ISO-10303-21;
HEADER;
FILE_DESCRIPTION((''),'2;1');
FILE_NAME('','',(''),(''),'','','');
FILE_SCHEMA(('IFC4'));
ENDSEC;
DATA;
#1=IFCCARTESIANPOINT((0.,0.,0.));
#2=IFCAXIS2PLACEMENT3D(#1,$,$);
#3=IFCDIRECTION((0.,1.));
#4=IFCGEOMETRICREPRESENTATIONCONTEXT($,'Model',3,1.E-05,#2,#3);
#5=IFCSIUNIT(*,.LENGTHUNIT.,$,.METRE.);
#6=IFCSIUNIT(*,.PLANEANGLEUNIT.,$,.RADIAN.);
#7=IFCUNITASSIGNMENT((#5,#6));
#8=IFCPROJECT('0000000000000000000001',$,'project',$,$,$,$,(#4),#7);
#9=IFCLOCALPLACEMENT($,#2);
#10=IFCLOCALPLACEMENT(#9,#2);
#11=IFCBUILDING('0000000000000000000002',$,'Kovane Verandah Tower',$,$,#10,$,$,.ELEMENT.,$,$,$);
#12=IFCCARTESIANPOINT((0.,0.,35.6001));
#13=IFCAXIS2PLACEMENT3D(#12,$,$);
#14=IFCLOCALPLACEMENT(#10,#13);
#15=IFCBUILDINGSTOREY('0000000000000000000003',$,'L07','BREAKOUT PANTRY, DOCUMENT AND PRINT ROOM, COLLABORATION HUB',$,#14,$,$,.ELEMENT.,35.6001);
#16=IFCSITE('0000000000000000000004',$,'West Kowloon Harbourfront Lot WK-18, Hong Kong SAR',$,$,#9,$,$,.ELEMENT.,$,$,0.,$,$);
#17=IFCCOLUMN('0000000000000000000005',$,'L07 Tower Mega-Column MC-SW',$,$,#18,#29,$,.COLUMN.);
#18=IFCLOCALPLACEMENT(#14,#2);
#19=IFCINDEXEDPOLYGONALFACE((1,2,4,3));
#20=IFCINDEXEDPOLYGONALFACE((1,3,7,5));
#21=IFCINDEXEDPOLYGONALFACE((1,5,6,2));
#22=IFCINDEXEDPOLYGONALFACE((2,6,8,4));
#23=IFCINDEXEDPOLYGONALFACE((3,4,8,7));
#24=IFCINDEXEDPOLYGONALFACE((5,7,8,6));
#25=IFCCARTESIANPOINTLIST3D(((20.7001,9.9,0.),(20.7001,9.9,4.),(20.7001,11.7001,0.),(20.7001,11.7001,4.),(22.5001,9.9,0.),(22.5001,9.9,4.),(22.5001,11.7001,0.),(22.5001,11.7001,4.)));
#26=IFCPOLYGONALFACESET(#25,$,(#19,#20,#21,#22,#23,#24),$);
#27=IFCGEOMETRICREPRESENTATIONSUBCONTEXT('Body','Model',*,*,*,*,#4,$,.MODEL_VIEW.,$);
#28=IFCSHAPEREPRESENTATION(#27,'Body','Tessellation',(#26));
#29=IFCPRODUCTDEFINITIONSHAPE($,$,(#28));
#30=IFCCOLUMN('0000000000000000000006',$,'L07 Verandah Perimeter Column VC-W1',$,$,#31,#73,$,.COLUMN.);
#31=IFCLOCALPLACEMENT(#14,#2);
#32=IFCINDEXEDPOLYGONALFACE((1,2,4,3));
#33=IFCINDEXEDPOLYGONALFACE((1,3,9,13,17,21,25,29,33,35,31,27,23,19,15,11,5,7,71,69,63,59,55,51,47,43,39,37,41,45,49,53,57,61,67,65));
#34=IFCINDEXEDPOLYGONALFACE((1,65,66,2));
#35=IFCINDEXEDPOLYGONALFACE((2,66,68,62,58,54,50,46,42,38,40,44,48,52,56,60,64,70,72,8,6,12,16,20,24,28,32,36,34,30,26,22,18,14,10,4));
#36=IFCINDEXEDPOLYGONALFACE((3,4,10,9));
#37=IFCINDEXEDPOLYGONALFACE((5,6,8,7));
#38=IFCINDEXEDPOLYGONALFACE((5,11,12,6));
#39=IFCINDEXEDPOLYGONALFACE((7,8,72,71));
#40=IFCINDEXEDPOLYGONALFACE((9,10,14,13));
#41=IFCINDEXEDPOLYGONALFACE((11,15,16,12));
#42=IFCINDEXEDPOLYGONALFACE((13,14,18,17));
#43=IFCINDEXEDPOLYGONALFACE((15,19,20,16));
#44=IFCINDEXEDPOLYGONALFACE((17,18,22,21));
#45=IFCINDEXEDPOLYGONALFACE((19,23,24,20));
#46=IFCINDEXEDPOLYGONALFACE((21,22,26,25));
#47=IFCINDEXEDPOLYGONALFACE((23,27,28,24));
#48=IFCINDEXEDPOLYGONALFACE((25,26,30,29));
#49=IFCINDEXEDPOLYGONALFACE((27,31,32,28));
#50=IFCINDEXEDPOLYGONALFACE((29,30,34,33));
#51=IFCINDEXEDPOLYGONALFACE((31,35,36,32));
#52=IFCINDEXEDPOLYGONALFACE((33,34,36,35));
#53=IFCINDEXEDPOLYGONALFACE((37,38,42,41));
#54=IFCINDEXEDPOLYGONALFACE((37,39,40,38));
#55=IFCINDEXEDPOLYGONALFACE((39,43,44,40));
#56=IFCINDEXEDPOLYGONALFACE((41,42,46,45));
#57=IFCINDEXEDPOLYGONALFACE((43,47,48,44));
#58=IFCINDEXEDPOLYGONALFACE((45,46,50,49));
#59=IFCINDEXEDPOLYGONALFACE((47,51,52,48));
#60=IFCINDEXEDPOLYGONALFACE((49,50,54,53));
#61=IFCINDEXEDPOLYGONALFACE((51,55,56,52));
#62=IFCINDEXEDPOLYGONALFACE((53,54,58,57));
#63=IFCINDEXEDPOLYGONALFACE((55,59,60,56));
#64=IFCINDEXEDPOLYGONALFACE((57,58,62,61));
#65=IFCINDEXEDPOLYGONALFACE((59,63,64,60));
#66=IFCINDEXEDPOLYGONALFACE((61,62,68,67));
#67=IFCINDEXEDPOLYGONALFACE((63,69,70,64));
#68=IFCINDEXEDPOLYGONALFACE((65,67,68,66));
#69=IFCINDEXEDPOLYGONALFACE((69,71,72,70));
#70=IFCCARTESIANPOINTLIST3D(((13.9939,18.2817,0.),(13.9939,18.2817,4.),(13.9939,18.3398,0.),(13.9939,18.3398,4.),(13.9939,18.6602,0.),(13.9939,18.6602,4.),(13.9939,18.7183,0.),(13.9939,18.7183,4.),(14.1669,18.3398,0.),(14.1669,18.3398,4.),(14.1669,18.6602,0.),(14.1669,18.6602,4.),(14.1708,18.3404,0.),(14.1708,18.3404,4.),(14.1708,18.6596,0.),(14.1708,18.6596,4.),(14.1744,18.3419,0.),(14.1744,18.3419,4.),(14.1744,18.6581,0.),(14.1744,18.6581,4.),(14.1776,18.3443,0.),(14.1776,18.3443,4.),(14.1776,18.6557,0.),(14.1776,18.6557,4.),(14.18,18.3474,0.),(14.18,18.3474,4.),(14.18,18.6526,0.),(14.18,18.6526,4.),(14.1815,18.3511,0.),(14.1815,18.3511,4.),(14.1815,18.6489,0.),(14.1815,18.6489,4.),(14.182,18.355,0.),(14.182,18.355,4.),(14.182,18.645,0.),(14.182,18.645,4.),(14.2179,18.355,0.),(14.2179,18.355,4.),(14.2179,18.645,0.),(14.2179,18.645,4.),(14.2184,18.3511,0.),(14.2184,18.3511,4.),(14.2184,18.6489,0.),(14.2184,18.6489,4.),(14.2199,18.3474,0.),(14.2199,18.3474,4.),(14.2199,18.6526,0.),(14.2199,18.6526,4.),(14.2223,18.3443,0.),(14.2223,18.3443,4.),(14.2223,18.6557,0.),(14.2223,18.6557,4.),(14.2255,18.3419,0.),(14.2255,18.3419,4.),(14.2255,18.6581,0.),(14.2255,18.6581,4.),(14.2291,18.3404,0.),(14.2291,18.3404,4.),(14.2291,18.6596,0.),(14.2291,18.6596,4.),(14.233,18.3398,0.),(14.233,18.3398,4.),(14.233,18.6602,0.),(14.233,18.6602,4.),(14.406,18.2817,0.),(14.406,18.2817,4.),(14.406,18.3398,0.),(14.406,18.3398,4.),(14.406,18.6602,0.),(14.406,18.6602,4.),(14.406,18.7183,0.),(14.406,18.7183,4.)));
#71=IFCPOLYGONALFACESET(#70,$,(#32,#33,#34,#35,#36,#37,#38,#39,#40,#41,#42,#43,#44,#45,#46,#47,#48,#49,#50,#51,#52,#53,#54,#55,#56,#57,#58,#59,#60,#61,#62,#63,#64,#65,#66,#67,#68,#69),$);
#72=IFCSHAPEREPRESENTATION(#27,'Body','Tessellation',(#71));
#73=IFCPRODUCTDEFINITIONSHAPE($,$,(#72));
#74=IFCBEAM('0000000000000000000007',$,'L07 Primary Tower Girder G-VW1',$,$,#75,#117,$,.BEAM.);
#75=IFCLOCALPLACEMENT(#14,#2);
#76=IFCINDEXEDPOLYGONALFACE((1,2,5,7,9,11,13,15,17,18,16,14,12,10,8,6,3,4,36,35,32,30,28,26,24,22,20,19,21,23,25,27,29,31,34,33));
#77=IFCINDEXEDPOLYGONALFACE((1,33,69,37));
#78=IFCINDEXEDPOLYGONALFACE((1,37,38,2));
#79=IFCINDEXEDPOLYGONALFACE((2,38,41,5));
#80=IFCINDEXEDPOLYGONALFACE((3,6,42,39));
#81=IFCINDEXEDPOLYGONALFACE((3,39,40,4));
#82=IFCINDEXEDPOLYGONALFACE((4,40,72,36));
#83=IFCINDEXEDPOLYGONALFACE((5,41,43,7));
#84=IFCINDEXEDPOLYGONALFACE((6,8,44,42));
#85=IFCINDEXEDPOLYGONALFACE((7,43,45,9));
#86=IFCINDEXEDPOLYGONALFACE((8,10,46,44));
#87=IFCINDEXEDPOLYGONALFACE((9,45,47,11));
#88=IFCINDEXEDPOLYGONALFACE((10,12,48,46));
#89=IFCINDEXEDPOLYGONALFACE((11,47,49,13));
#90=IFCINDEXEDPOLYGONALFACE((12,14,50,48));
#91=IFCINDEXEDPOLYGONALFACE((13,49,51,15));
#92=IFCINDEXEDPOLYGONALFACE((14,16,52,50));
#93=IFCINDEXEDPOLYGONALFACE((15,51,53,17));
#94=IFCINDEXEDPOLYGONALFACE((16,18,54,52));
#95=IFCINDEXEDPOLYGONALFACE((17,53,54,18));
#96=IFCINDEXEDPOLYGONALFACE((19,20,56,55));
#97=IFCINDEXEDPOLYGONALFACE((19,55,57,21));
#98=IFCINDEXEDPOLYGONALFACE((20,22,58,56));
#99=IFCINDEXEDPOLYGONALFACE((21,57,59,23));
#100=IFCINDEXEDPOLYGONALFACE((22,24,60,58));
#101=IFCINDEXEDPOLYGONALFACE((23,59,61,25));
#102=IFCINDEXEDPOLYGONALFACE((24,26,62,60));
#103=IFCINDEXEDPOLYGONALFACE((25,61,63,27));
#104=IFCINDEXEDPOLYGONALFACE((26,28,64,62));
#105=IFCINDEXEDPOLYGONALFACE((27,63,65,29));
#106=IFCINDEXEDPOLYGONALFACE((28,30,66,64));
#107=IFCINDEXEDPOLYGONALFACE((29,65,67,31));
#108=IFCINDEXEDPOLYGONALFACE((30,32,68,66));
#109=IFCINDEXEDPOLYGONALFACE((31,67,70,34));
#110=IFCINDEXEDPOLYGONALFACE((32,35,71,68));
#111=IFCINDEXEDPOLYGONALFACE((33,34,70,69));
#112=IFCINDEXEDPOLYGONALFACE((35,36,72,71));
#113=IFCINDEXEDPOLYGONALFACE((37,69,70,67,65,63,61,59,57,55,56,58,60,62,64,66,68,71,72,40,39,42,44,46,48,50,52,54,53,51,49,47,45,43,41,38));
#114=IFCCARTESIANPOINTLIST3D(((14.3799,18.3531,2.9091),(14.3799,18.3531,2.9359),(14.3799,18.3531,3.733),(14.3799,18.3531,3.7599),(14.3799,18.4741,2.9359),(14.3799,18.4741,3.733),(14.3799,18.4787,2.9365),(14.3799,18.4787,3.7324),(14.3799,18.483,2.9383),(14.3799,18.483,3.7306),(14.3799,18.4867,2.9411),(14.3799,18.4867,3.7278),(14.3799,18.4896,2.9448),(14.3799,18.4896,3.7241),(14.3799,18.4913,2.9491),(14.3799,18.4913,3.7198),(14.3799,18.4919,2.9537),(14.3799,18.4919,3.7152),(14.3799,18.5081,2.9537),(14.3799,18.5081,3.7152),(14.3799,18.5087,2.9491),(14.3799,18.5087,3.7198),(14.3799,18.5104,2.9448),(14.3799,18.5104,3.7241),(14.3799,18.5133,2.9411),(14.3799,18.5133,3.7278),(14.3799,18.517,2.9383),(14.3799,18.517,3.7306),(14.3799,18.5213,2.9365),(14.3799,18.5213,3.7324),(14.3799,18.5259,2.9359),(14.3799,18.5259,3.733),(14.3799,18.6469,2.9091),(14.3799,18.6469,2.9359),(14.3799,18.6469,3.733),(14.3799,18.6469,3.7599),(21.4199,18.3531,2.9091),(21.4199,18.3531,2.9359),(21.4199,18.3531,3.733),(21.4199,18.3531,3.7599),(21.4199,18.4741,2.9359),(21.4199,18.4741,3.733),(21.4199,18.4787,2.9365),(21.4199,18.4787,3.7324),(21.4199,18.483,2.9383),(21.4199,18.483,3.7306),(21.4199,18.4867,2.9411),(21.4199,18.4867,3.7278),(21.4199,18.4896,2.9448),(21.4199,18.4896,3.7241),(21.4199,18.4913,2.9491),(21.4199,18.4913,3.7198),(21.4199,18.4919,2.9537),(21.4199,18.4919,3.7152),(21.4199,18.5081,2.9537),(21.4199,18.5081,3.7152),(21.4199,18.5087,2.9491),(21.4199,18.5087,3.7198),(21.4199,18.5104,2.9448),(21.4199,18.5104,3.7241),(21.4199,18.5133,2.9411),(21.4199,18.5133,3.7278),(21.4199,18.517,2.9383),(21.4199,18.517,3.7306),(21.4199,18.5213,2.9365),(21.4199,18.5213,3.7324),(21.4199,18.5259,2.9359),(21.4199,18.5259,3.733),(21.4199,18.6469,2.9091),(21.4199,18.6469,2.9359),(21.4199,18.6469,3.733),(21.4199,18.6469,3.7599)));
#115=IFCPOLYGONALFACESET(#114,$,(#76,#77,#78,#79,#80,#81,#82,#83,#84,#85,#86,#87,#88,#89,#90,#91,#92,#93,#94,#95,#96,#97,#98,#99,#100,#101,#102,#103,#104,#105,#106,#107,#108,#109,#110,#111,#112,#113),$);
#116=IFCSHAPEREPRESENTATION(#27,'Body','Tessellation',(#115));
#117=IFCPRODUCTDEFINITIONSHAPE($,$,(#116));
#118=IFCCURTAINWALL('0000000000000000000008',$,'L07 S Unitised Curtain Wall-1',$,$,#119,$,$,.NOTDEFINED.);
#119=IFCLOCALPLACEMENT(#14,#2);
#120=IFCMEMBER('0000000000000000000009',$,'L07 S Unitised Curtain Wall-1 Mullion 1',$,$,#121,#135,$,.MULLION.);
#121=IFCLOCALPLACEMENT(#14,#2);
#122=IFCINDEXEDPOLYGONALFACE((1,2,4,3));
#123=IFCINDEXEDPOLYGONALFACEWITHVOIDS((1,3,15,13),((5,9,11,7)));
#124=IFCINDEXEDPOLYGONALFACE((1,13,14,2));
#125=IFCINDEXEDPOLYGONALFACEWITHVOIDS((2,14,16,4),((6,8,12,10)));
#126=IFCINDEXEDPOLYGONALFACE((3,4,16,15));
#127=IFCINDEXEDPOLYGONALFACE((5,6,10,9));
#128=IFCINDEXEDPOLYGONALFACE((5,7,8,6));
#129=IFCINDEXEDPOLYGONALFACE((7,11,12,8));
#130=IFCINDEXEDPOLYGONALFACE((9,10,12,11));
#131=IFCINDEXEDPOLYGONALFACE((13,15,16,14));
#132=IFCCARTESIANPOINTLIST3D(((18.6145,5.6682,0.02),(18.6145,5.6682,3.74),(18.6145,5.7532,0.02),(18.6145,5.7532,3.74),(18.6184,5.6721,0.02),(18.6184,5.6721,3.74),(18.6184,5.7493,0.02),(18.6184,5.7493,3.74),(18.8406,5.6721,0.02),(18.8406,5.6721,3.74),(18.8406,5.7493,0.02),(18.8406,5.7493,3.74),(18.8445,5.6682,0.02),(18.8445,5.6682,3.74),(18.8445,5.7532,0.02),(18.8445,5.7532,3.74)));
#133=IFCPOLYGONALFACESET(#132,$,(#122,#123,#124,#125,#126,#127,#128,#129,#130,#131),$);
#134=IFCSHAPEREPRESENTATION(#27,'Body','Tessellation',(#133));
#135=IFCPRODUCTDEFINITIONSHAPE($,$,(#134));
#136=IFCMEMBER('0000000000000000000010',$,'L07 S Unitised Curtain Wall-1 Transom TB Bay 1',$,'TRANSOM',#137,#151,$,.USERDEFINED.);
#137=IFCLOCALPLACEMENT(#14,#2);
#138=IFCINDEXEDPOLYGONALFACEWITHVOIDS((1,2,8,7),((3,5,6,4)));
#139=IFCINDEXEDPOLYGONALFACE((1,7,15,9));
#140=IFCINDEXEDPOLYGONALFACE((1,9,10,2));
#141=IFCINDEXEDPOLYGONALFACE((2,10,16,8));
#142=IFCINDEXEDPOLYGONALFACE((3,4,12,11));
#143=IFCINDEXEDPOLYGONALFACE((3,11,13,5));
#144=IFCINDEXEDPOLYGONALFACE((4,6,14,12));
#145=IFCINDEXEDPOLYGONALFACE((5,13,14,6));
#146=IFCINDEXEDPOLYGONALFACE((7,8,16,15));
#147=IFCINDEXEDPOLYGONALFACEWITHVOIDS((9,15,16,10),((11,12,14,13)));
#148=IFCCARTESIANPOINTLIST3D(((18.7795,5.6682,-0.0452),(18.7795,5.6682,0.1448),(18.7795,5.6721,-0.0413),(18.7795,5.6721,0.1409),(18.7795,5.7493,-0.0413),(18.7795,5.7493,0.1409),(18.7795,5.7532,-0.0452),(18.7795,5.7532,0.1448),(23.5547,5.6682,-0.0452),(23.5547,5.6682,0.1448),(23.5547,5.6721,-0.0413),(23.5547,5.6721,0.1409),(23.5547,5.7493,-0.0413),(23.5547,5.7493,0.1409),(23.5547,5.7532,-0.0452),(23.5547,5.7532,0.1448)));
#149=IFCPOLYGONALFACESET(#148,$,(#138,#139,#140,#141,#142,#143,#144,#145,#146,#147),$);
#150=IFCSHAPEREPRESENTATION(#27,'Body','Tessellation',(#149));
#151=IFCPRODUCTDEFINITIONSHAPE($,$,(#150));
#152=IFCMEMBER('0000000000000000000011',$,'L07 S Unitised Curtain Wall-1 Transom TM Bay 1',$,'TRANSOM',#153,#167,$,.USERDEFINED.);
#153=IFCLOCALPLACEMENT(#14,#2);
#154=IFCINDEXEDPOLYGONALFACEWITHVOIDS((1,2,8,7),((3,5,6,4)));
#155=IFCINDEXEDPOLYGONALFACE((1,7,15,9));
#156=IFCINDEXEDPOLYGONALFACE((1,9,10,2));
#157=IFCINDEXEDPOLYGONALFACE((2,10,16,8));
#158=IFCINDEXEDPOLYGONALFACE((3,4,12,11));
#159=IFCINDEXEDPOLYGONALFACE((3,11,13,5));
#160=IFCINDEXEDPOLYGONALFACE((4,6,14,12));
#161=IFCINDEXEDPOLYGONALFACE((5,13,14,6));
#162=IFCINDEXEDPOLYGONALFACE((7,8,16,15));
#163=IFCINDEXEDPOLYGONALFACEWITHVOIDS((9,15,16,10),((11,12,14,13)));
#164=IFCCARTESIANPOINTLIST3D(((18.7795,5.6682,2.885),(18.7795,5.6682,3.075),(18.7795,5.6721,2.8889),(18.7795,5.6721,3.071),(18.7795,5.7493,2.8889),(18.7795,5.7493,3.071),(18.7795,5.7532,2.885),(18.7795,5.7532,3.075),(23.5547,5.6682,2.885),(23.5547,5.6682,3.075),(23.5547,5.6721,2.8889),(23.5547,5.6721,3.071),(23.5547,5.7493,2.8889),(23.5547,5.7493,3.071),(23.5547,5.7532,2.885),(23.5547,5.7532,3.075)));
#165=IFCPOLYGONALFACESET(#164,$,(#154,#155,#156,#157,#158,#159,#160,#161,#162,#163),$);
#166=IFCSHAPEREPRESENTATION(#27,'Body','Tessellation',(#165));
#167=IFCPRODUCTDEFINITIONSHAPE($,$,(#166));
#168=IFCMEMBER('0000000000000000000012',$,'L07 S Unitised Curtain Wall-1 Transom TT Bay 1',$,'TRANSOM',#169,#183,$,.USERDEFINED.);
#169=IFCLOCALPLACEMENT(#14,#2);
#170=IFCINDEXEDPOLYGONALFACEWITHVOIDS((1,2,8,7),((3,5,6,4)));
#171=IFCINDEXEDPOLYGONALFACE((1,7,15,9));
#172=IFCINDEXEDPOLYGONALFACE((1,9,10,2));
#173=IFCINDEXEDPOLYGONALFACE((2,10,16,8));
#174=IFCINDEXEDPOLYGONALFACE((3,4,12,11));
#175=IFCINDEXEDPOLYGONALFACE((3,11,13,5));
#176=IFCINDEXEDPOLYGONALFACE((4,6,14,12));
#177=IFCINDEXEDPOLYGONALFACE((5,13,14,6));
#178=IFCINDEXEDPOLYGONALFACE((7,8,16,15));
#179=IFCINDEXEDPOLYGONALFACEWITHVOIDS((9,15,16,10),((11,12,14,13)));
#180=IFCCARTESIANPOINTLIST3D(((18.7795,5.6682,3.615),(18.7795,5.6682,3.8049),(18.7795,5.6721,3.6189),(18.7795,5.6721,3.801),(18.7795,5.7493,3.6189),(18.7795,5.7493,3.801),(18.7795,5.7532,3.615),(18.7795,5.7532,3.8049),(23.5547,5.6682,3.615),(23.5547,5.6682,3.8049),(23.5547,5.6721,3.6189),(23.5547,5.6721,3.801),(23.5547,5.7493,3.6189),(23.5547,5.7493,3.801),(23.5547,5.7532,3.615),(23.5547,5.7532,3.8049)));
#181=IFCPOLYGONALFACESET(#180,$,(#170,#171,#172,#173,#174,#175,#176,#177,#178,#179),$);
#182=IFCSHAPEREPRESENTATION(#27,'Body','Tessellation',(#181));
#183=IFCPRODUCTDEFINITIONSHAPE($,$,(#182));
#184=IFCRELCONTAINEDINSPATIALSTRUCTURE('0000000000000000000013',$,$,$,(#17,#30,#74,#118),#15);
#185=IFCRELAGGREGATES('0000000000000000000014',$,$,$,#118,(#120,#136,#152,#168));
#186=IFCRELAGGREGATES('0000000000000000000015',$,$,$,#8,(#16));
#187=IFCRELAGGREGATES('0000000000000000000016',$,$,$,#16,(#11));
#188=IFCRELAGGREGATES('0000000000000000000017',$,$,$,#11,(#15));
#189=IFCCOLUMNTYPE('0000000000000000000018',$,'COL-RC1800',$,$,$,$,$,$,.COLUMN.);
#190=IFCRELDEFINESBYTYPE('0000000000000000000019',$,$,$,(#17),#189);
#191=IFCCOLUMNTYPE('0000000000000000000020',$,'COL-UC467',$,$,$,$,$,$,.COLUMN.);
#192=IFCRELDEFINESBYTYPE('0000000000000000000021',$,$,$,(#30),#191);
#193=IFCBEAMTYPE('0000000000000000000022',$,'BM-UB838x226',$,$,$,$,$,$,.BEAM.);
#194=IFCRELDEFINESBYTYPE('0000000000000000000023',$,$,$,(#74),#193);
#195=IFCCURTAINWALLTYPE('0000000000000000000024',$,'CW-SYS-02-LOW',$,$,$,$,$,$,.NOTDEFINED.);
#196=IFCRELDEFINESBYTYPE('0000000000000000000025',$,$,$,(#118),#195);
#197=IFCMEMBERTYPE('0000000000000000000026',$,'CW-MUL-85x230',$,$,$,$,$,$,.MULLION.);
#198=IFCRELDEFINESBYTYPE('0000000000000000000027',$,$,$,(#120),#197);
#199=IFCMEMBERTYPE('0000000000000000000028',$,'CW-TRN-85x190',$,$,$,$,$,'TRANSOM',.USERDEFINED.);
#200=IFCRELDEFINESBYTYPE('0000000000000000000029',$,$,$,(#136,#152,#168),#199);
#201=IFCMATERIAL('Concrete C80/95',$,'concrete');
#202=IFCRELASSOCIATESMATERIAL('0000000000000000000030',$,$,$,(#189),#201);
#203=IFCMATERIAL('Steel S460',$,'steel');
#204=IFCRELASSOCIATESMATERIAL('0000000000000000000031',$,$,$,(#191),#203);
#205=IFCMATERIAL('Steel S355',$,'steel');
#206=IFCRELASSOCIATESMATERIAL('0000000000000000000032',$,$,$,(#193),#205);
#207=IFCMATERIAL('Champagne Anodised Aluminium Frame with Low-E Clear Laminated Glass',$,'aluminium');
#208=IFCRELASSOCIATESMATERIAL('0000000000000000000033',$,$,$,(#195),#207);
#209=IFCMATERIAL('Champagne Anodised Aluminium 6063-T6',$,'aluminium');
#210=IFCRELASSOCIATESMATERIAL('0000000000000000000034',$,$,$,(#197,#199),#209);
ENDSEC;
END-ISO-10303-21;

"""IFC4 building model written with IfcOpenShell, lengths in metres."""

from ifc_helpers import new_model, si_unit, direction, frame, origin, origin_2d, place, context, subcontext, project, spatial, rectangle, hollow_rectangle, i_section, extrude, material, material_profile, profile_set, type_object, element, aggregate, save


model = new_model("IFC4")

# Units and contexts
model_context = context("Model", 3, precision=1e-05, world=origin(), true_north=direction((0.0, 1.0)))
body_context = subcontext(model_context, "Body", "Model", "MODEL_VIEW")
ifc_project = project(units=[si_unit("LENGTHUNIT", "METRE"), si_unit("PLANEANGLEUNIT", "RADIAN")], contexts=[model_context])

# Site, building, storey
site_placement = place(None, origin())
site = spatial("IfcSite", under=ifc_project, at=site_placement, Name="West Kowloon Harbourfront Lot WK-18, Hong Kong SAR", CompositionType="ELEMENT", RefElevation=0.0)
building_placement = place(site_placement, origin())
building = spatial("IfcBuilding", under=site, at=building_placement, Name="Kovane Verandah Tower", CompositionType="ELEMENT")
storey_placement = place(building_placement, frame((0.0, 0.0, 35.6001)))
storey = spatial("IfcBuildingStorey", under=building, at=storey_placement, Name="L07", Description="BREAKOUT PANTRY, DOCUMENT AND PRINT ROOM, COLLABORATION HUB", CompositionType="ELEMENT", Elevation=35.6001)

# Columns
ifc_material_1 = material(Name="Concrete C80/95", Category="concrete")
ifc_material_profile_1 = material_profile(ifc_material_1, rectangle(XDim=1.8, YDim=1.8, at=origin_2d()), Name="RC1800x1800")
ifc_profile_set_1 = profile_set([ifc_material_profile_1], Name="Concrete C80/95")
column_type_1 = type_object("IfcColumnType", Name="COL-RC1800", PredefinedType="COLUMN", material=ifc_profile_set_1)
column_1_placement = place(storey_placement, frame((21.6001, 10.8, 0.0), z_axis=(0.0, 0.0, 1.0), x_axis=(1.0, 0.0, 0.0)))
element("IfcColumn", 1, at=column_1_placement, inside=storey, type_object=column_type_1, Name="L07 Tower Mega-Column MC-SW", PredefinedType="COLUMN", context=body_context, shape_type="SweptSolid", body=[
    extrude(rectangle(XDim=1.8, YDim=1.8, at=origin_2d()), origin(), (0.0, 0.0, 1.0), 4.0),
])
ifc_material_2 = material(Name="Steel S460", Category="steel")
ifc_material_profile_2 = material_profile(ifc_material_2, i_section(OverallWidth=0.4121, OverallDepth=0.4365, WebThickness=0.0359, FlangeThickness=0.0581, FilletRadius=0.0151, at=origin_2d()), Name="UC356x406x467")
ifc_profile_set_2 = profile_set([ifc_material_profile_2], Name="Steel S460")
column_type_2 = type_object("IfcColumnType", Name="COL-UC467", PredefinedType="COLUMN", material=ifc_profile_set_2)
column_2_placement = place(storey_placement, frame((14.2, 18.5, 0.0), z_axis=(0.0, 0.0, 1.0), x_axis=(1.0, 0.0, 0.0)))
element("IfcColumn", 2, at=column_2_placement, inside=storey, type_object=column_type_2, Name="L07 Verandah Perimeter Column VC-W1", PredefinedType="COLUMN", context=body_context, shape_type="SweptSolid", body=[
    extrude(i_section(OverallWidth=0.4121, OverallDepth=0.4365, WebThickness=0.0359, FlangeThickness=0.0581, FilletRadius=0.0151, at=origin_2d()), origin(), (0.0, 0.0, 1.0), 4.0),
])

# Beam
ifc_material_3 = material(Name="Steel S355", Category="steel")
ifc_material_profile_3 = material_profile(ifc_material_3, i_section(OverallWidth=0.2937, OverallDepth=0.8508, WebThickness=0.0161, FlangeThickness=0.0269, FilletRadius=0.0178, at=origin_2d()), Name="UB838x292x226")
ifc_profile_set_3 = profile_set([ifc_material_profile_3], Name="Steel S355")
beam_type = type_object("IfcBeamType", Name="BM-UB838x226", PredefinedType="BEAM", material=ifc_profile_set_3)
beam_placement = place(storey_placement, frame((21.4199, 18.5, 3.3345), z_axis=(-1.0, 0.0, 0.0), x_axis=(0.0, -1.0, 0.0)))
element("IfcBeam", 3, at=beam_placement, inside=storey, type_object=beam_type, Name="L07 Primary Tower Girder G-VW1", PredefinedType="BEAM", context=body_context, shape_type="SweptSolid", body=[
    extrude(i_section(OverallWidth=0.2937, OverallDepth=0.8508, WebThickness=0.0161, FlangeThickness=0.0269, FilletRadius=0.0178, at=origin_2d()), origin(), (0.0, 0.0, 1.0), 7.04),
])

# Curtain wall, members
ifc_material_4 = material(Name="Champagne Anodised Aluminium Frame with Low-E Clear Laminated Glass", Category="aluminium")
curtain_wall_type = type_object("IfcCurtainWallType", Name="CW-SYS-02-LOW", PredefinedType="NOTDEFINED", material=ifc_material_4)
curtain_wall_placement = place(storey_placement, origin())
curtain_wall = element("IfcCurtainWall", 4, at=curtain_wall_placement, inside=storey, type_object=curtain_wall_type, Name="L07 S Unitised Curtain Wall-1", PredefinedType="NOTDEFINED")
ifc_material_5 = material(Name="Champagne Anodised Aluminium 6063-T6", Category="aluminium")
ifc_material_profile_4 = material_profile(ifc_material_5, hollow_rectangle(XDim=0.085, YDim=0.23, WallThickness=0.0039, at=origin_2d()), Name="AL85x230x4")
ifc_profile_set_4 = profile_set([ifc_material_profile_4], Name="Champagne Anodised Aluminium 6063-T6")
member_type_1 = type_object("IfcMemberType", Name="CW-MUL-85x230", PredefinedType="MULLION", material=ifc_profile_set_4)
member_1_placement = place(storey_placement, frame((18.7295, 5.7107, 0.02), z_axis=(0.0, 0.0, 1.0), x_axis=(0.0, -1.0, 0.0)))
member_1 = element("IfcMember", 5, at=member_1_placement, type_object=member_type_1, Name="L07 S Unitised Curtain Wall-1 Mullion 1", PredefinedType="MULLION", context=body_context, shape_type="SweptSolid", body=[
    extrude(hollow_rectangle(XDim=0.085, YDim=0.23, WallThickness=0.0039, at=origin_2d()), origin(), (0.0, 0.0, 1.0), 3.72),
])
ifc_material_profile_5 = material_profile(ifc_material_5, hollow_rectangle(XDim=0.085, YDim=0.1899, WallThickness=0.0039, at=origin_2d()), Name="AL85x190x4")
ifc_profile_set_5 = profile_set([ifc_material_profile_5], Name="Champagne Anodised Aluminium 6063-T6")
member_type_2 = type_object("IfcMemberType", Name="CW-TRN-85x190", ElementType="TRANSOM", PredefinedType="USERDEFINED", material=ifc_profile_set_5)
member_2_placement = place(storey_placement, frame((18.7795, 5.7107, 0.0498), z_axis=(1.0, 0.0, 0.0), x_axis=(0.0, 1.0, 0.0)))
member_2 = element("IfcMember", 6, at=member_2_placement, type_object=member_type_2, Name="L07 S Unitised Curtain Wall-1 Transom TB Bay 1", ObjectType="TRANSOM", PredefinedType="USERDEFINED", context=body_context, shape_type="SweptSolid", body=[
    extrude(hollow_rectangle(XDim=0.085, YDim=0.1899, WallThickness=0.0039, at=origin_2d()), origin(), (0.0, 0.0, 1.0), 4.7751),
])
member_3_placement = place(storey_placement, frame((18.7795, 5.7107, 2.98), z_axis=(1.0, 0.0, 0.0), x_axis=(0.0, 1.0, 0.0)))
member_3 = element("IfcMember", 7, at=member_3_placement, type_object=member_type_2, Name="L07 S Unitised Curtain Wall-1 Transom TM Bay 1", ObjectType="TRANSOM", PredefinedType="USERDEFINED", context=body_context, shape_type="SweptSolid", body=[
    extrude(hollow_rectangle(XDim=0.085, YDim=0.1899, WallThickness=0.0039, at=origin_2d()), origin(), (0.0, 0.0, 1.0), 4.7751),
])
member_4_placement = place(storey_placement, frame((18.7795, 5.7107, 3.71), z_axis=(1.0, 0.0, 0.0), x_axis=(0.0, 1.0, 0.0)))
member_4 = element("IfcMember", 8, at=member_4_placement, type_object=member_type_2, Name="L07 S Unitised Curtain Wall-1 Transom TT Bay 1", ObjectType="TRANSOM", PredefinedType="USERDEFINED", context=body_context, shape_type="SweptSolid", body=[
    extrude(hollow_rectangle(XDim=0.085, YDim=0.1899, WallThickness=0.0039, at=origin_2d()), origin(), (0.0, 0.0, 1.0), 4.7751),
])
aggregate(curtain_wall, [member_1, member_2, member_3, member_4])

save(model, "model.ifc")
